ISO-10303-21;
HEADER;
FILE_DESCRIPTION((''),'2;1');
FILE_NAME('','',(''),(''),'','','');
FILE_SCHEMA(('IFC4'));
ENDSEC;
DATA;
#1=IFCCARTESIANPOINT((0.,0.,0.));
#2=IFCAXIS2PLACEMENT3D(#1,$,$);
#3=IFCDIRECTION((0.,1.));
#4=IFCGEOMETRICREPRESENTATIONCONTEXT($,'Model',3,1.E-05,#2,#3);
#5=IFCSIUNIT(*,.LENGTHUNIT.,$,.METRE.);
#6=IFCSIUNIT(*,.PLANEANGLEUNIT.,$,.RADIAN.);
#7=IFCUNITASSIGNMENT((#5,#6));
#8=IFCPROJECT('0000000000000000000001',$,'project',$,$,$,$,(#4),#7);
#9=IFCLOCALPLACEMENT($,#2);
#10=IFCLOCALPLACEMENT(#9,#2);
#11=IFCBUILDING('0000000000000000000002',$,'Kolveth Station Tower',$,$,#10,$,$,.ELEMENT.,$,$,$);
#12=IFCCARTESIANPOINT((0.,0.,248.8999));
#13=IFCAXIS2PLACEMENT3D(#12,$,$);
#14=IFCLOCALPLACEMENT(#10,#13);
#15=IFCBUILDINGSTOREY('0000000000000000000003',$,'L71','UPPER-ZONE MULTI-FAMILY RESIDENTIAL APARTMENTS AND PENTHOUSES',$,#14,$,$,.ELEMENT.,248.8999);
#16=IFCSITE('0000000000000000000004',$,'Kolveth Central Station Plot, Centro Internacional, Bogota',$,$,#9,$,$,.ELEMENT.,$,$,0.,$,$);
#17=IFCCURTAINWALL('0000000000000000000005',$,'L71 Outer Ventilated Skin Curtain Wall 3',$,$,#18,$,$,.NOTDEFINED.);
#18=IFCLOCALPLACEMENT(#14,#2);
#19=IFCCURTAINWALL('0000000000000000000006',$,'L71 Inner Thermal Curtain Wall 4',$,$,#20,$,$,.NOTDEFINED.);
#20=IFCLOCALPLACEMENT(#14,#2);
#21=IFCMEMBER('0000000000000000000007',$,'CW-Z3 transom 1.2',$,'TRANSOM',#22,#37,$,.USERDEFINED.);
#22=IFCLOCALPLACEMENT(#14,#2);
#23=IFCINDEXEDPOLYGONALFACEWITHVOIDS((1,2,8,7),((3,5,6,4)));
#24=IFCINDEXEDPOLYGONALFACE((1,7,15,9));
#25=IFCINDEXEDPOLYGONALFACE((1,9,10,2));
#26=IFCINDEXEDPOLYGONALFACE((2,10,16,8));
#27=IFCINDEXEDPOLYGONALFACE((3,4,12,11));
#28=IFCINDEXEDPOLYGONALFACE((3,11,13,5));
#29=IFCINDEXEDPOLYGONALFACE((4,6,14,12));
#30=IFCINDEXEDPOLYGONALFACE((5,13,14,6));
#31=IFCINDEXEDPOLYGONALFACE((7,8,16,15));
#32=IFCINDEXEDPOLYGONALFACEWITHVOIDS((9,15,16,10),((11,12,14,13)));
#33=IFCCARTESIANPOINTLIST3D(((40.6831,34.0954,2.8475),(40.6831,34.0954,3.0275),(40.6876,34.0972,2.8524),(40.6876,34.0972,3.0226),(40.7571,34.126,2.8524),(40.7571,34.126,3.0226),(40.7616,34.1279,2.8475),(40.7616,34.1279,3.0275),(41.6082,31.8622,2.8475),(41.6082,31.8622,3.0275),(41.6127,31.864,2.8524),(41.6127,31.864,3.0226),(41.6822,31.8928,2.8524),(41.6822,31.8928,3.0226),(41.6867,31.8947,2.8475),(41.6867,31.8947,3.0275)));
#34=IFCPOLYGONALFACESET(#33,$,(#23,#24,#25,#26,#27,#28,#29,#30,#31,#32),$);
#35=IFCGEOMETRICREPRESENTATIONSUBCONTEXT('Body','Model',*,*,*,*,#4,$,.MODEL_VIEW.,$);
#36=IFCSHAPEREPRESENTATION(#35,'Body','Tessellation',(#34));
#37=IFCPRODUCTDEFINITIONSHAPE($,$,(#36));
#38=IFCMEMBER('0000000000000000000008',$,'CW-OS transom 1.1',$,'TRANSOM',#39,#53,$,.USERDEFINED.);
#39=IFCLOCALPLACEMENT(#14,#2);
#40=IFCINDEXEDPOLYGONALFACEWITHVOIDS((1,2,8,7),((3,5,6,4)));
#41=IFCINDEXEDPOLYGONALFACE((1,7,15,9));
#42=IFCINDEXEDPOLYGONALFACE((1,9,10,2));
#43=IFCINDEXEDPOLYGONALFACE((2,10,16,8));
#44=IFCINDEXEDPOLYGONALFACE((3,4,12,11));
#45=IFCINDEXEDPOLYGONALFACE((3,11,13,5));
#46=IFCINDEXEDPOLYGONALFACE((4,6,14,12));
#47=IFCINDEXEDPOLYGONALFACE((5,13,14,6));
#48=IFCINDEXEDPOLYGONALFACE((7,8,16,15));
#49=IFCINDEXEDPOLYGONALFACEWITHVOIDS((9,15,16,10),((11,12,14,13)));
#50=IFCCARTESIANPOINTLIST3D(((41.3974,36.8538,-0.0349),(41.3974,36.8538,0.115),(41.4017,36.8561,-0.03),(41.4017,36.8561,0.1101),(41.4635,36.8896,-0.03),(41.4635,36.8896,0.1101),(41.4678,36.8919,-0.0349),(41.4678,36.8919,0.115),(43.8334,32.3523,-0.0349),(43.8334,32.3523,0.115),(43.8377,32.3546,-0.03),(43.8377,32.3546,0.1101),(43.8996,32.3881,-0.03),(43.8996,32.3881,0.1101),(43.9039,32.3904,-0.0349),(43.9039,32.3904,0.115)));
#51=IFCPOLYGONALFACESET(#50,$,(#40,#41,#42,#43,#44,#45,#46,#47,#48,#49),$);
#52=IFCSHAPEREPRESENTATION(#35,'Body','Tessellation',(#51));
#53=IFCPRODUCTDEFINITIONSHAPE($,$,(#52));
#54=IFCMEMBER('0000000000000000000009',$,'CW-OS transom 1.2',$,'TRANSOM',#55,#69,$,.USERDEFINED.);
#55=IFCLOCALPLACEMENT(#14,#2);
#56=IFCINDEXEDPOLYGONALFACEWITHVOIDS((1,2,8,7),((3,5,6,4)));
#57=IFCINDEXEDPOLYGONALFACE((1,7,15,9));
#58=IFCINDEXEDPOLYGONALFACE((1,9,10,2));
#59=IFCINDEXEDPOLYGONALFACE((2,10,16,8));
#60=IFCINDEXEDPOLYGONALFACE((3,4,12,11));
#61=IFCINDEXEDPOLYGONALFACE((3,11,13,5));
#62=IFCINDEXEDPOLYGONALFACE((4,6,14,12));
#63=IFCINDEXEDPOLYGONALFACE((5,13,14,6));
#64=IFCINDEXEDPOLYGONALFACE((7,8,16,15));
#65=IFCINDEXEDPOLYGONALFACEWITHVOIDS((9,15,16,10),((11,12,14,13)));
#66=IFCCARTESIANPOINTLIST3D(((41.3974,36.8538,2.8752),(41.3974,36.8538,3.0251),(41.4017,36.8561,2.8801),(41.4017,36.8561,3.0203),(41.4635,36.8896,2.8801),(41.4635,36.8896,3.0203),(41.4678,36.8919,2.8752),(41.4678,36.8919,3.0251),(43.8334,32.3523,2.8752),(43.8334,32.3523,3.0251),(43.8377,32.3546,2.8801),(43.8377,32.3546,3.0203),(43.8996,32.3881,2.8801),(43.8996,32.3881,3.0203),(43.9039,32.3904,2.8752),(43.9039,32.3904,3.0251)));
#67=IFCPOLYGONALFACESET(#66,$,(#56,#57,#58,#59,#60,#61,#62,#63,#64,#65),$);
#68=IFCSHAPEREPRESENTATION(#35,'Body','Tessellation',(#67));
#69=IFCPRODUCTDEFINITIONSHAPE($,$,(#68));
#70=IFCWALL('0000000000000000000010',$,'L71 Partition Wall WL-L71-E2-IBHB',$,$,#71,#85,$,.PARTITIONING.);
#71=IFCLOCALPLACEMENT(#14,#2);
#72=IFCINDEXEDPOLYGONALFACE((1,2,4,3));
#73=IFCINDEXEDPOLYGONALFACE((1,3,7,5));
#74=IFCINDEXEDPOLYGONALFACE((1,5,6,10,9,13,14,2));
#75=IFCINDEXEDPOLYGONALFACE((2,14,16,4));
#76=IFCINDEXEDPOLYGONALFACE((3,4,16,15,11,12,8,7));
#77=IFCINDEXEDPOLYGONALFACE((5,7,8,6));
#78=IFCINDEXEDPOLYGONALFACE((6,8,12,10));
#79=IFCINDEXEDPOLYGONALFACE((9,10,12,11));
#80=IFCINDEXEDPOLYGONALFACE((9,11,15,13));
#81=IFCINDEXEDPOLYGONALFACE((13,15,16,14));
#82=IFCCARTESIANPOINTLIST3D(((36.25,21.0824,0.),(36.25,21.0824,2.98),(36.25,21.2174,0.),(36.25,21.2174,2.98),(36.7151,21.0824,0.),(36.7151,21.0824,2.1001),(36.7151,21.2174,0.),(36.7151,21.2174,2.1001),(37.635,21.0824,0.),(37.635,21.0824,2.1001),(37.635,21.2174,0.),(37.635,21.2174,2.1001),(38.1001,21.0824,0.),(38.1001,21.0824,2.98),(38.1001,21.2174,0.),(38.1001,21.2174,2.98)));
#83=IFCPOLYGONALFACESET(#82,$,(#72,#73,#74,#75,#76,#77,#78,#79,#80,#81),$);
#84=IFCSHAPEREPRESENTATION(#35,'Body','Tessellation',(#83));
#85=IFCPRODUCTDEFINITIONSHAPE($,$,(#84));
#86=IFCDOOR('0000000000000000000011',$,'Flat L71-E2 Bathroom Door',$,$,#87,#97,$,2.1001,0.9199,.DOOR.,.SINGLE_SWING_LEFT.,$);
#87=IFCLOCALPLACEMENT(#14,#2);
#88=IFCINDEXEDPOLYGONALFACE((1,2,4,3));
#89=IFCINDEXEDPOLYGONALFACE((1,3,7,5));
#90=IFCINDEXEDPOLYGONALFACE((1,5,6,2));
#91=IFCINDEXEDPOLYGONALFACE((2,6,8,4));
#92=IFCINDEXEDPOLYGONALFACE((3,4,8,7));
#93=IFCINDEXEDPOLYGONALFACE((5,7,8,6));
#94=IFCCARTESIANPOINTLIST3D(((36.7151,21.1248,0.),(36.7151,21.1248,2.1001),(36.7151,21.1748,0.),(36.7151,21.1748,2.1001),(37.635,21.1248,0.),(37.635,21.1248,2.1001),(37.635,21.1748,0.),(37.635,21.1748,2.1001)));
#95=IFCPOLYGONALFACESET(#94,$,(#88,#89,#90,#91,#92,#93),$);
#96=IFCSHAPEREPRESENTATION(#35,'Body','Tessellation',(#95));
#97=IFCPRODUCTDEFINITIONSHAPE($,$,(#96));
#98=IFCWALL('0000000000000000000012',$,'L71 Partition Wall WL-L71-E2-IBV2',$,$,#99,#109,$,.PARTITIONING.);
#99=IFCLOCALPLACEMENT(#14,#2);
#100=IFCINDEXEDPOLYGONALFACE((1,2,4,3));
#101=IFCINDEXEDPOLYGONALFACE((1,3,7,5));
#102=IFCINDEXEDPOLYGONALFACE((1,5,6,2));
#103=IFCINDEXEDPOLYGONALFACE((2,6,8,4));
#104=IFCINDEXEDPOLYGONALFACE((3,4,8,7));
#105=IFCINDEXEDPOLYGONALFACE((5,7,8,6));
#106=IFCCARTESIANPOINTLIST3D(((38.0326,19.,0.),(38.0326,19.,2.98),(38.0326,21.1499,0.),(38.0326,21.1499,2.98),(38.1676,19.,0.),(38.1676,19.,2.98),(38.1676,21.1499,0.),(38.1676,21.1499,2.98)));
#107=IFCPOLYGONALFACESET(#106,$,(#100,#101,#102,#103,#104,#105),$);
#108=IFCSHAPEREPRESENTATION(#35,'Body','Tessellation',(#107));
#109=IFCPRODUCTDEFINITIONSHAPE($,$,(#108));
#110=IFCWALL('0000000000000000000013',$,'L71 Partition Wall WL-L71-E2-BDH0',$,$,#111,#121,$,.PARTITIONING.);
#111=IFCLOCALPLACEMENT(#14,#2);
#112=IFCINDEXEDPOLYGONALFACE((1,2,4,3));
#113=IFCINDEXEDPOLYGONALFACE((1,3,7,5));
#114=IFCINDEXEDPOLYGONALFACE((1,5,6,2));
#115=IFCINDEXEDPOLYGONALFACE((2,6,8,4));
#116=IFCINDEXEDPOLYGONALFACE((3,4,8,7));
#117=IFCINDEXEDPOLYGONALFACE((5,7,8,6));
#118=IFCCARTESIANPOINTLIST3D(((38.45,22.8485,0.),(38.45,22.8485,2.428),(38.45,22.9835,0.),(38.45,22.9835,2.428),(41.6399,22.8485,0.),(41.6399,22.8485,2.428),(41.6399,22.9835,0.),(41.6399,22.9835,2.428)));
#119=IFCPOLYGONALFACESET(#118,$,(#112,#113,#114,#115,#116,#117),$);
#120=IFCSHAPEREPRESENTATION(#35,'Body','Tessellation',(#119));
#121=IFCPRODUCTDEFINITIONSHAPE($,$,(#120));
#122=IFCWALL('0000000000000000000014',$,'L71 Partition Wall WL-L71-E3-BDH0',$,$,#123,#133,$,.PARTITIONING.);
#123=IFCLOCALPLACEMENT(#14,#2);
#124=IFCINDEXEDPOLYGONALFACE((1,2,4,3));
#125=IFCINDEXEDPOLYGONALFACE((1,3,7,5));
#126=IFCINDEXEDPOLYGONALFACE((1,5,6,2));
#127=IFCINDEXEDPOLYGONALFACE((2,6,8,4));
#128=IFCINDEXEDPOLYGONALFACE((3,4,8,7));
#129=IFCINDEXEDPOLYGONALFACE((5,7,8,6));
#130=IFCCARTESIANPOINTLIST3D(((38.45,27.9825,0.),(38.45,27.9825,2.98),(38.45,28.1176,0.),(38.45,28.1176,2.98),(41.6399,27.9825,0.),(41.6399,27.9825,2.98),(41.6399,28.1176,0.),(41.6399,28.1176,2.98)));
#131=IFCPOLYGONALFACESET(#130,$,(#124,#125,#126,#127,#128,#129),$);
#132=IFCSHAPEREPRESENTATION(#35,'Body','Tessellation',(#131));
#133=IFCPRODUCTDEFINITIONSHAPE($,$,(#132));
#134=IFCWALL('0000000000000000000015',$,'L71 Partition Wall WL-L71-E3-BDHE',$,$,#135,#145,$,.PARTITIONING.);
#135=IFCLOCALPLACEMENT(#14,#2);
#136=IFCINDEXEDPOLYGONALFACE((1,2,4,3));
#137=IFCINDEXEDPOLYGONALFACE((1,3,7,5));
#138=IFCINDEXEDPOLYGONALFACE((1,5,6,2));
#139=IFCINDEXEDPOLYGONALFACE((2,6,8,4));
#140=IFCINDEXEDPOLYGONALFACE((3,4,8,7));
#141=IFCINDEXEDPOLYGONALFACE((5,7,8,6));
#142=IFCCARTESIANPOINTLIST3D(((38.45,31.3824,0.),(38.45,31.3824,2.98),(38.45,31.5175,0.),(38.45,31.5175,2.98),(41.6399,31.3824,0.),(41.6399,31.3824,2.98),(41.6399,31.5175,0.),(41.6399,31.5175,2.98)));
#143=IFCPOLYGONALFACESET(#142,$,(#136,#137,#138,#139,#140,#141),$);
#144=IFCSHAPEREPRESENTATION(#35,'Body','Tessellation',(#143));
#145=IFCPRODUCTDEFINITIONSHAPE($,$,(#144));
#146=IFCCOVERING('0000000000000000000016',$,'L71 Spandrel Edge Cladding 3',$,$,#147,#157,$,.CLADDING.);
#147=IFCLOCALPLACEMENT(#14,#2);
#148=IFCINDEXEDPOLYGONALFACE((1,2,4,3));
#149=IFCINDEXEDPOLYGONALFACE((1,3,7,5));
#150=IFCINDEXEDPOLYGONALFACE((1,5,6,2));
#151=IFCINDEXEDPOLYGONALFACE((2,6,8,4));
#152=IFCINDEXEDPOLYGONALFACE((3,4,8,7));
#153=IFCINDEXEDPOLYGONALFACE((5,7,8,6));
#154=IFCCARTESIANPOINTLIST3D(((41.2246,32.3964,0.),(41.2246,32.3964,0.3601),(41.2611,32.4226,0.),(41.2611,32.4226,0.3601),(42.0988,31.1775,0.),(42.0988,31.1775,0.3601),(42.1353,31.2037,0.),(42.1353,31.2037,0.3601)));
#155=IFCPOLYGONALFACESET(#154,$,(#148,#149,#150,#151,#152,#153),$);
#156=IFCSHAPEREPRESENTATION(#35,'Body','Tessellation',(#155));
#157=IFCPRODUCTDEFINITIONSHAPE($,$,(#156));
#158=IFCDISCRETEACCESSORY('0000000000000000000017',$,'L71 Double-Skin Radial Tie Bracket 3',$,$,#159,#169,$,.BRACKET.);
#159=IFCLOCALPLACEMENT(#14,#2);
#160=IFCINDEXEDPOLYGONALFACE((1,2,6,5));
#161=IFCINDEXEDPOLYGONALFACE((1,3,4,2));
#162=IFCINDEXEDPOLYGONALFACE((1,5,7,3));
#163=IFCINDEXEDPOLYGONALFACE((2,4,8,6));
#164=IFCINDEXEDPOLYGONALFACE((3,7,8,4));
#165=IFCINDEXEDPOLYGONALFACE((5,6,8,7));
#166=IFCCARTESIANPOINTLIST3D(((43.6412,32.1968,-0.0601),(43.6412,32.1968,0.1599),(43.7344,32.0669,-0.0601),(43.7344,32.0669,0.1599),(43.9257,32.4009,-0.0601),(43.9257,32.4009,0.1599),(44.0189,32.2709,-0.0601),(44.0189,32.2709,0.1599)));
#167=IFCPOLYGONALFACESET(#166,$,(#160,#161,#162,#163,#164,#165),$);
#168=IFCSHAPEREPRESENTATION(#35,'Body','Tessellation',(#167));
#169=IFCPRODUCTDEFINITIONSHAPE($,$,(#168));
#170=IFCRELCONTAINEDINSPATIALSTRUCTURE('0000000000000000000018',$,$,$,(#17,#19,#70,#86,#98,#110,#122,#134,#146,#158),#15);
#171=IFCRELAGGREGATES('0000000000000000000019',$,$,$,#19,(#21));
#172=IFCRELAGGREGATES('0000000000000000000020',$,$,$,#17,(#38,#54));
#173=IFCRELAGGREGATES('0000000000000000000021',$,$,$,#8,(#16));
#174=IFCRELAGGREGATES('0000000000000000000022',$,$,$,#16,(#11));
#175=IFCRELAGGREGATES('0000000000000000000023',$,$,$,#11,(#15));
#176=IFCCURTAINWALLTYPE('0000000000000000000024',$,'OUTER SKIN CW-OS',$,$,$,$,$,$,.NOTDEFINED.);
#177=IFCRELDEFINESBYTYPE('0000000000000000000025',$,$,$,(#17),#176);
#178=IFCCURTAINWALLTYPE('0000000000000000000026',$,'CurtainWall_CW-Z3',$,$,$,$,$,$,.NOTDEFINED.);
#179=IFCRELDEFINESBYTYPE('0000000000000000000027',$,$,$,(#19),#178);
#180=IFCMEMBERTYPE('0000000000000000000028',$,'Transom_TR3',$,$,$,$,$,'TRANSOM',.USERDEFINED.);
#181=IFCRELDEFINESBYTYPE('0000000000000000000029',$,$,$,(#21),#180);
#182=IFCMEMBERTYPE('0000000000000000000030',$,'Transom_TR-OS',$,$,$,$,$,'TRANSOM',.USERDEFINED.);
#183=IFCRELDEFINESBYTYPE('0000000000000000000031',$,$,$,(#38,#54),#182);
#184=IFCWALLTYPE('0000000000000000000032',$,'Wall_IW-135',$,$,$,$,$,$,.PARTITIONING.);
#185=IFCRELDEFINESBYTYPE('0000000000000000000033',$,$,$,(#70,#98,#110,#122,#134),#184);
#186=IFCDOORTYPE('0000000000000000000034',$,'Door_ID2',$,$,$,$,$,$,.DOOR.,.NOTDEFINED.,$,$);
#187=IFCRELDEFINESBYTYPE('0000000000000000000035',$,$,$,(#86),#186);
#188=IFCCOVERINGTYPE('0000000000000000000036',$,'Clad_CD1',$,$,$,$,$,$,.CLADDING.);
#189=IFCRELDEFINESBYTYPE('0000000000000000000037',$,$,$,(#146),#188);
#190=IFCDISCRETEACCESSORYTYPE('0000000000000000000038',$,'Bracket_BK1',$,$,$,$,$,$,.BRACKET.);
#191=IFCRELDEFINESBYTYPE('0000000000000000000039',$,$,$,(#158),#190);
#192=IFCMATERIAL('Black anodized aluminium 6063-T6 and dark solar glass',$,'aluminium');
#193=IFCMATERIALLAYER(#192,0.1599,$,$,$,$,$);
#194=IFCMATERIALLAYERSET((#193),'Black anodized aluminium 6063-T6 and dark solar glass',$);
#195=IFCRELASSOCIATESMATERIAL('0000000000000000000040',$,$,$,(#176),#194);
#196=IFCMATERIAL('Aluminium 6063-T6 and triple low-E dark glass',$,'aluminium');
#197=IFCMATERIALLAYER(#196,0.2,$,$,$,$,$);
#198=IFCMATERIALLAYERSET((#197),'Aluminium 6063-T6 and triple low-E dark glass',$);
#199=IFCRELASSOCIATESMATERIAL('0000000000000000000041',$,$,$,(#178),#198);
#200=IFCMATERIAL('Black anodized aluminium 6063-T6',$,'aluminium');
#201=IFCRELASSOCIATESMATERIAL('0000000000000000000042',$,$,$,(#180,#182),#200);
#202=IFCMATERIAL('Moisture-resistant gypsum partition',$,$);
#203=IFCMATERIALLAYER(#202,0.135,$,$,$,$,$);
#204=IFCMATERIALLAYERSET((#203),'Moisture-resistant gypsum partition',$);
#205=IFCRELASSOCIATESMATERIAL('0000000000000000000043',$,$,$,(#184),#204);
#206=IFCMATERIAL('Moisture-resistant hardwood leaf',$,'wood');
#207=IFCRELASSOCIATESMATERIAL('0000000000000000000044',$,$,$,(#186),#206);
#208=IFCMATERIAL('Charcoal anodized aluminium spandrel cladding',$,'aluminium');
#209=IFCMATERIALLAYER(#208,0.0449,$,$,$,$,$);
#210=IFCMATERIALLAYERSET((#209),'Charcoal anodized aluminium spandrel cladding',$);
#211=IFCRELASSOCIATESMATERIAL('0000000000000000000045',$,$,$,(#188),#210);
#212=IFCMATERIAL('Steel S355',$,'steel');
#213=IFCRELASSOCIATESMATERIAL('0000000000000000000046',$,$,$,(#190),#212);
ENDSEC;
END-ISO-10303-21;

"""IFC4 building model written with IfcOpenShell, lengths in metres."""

from ifc_helpers import new_model, si_unit, direction, frame, frame_2d, origin, origin_2d, place, context, subcontext, project, spatial, rectangle, hollow_rectangle, extrude, source, transform, mapped, material, layer, layer_set, material_profile, profile_set, type_object, element, fill, aggregate, save


model = new_model("IFC4")

# Units and contexts
model_context = context("Model", 3, precision=1e-05, world=origin(), true_north=direction((0.0, 1.0)))
body_context = subcontext(model_context, "Body", "Model", "MODEL_VIEW")
ifc_project = project(units=[si_unit("LENGTHUNIT", "METRE"), si_unit("PLANEANGLEUNIT", "RADIAN")], contexts=[model_context])

# Site, building, storey
site_placement = place(None, origin())
site = spatial("IfcSite", under=ifc_project, at=site_placement, Name="Kolveth Central Station Plot, Centro Internacional, Bogota", CompositionType="ELEMENT", RefElevation=0.0)
building_placement = place(site_placement, origin())
building = spatial("IfcBuilding", under=site, at=building_placement, Name="Kolveth Station Tower", CompositionType="ELEMENT")
storey_placement = place(building_placement, frame((0.0, 0.0, 248.8999)))
storey = spatial("IfcBuildingStorey", under=building, at=storey_placement, Name="L71", Description="UPPER-ZONE MULTI-FAMILY RESIDENTIAL APARTMENTS AND PENTHOUSES", CompositionType="ELEMENT", Elevation=248.8999)

# Shared definitions
ifc_material_1 = material(Name="Steel S355", Category="steel")

# Curtain wall
ifc_material_2 = material(Name="Black anodized aluminium 6063-T6 and dark solar glass", Category="aluminium")
ifc_layer_1 = layer(ifc_material_2, 0.1599)
ifc_layer_set_1 = layer_set([ifc_layer_1], Name="Black anodized aluminium 6063-T6 and dark solar glass")
curtain_wall_type_1 = type_object("IfcCurtainWallType", Name="OUTER SKIN CW-OS", PredefinedType="NOTDEFINED", material=ifc_layer_set_1)
ifc_material_3 = material(Name="Black anodized aluminium 6063-T6", Category="aluminium")
curtain_wall_1_placement = place(storey_placement, origin())
curtain_wall_1 = element("IfcCurtainWall", 1, at=curtain_wall_1_placement, inside=storey, type_object=curtain_wall_type_1, Name="L71 Outer Ventilated Skin Curtain Wall 3", PredefinedType="NOTDEFINED")
ifc_material_4 = material(Name="Aluminium 6063-T6 and triple low-E dark glass", Category="aluminium")
ifc_layer_2 = layer(ifc_material_4, 0.2)
ifc_layer_set_2 = layer_set([ifc_layer_2], Name="Aluminium 6063-T6 and triple low-E dark glass")
curtain_wall_type_2 = type_object("IfcCurtainWallType", Name="CurtainWall_CW-Z3", PredefinedType="NOTDEFINED", material=ifc_layer_set_2)

# Curtain wall, member
curtain_wall_2_placement = place(storey_placement, origin())
curtain_wall_2 = element("IfcCurtainWall", 2, at=curtain_wall_2_placement, inside=storey, type_object=curtain_wall_type_2, Name="L71 Inner Thermal Curtain Wall 4", PredefinedType="NOTDEFINED")
ifc_material_profile_1 = material_profile(ifc_material_3, hollow_rectangle(XDim=0.085, YDim=0.1799, WallThickness=0.0049, at=origin_2d()), Name="ALU-85x180x5")
ifc_profile_set_1 = profile_set([ifc_material_profile_1], Name="Black anodized aluminium 6063-T6")
member_type_1 = type_object("IfcMemberType", Name="Transom_TR3", ElementType="TRANSOM", PredefinedType="USERDEFINED", material=ifc_profile_set_1)
shared_shape_1 = source(origin(), body_context, "Body", "SweptSolid", [
    extrude(hollow_rectangle(XDim=0.085, YDim=0.1799, WallThickness=0.0049, at=origin_2d()), origin(), (0.0, 0.0, 1.0), 2.4172),
])
member_1_placement = place(storey_placement, frame((41.6475, 31.8784, 2.9375), z_axis=(-0.3827, 0.923873, 0.0), x_axis=(-0.923873, -0.3827, 0.0)))
member_1 = element("IfcMember", 3, at=member_1_placement, type_object=member_type_1, Name="CW-Z3 transom 1.2", ObjectType="TRANSOM", PredefinedType="USERDEFINED", context=body_context, shape_type="MappedRepresentation", body=[
    mapped(shared_shape_1, transform((0.0, 0.0, 0.0), x_axis=(1.0, 0.0, 0.0), y_axis=(0.0, 1.0, 0.0), z_axis=(0.0, 0.0, 1.0), scale=1.0)),
])
aggregate(curtain_wall_2, [member_1])

# Members
ifc_material_profile_2 = material_profile(ifc_material_3, hollow_rectangle(XDim=0.0801, YDim=0.1499, WallThickness=0.0049, at=origin_2d()), Name="ALU-80x150x5")
ifc_profile_set_2 = profile_set([ifc_material_profile_2], Name="Black anodized aluminium 6063-T6")
member_type_2 = type_object("IfcMemberType", Name="Transom_TR-OS", ElementType="TRANSOM", PredefinedType="USERDEFINED", material=ifc_profile_set_2)
shared_shape_2 = source(origin(), body_context, "Body", "SweptSolid", [
    extrude(hollow_rectangle(XDim=0.0801, YDim=0.1499, WallThickness=0.0049, at=origin_2d()), origin(), (0.0, 0.0, 1.0), 5.1184),
])
member_2_placement = place(storey_placement, frame((43.8687, 32.3713, 0.04), z_axis=(-0.475942, 0.879477, 0.0), x_axis=(-0.879477, -0.475942, 0.0)))
member_2 = element("IfcMember", 4, at=member_2_placement, type_object=member_type_2, Name="CW-OS transom 1.1", ObjectType="TRANSOM", PredefinedType="USERDEFINED", context=body_context, shape_type="MappedRepresentation", body=[
    mapped(shared_shape_2, transform((0.0, 0.0, 0.0), x_axis=(1.0, 0.0, 0.0), y_axis=(0.0, 1.0, 0.0), z_axis=(0.0, 0.0, 1.0), scale=1.0)),
])
member_3_placement = place(storey_placement, frame((43.8687, 32.3713, 2.9502), z_axis=(-0.475942, 0.879477, 0.0), x_axis=(-0.879477, -0.475942, 0.0)))
member_3 = element("IfcMember", 5, at=member_3_placement, type_object=member_type_2, Name="CW-OS transom 1.2", ObjectType="TRANSOM", PredefinedType="USERDEFINED", context=body_context, shape_type="MappedRepresentation", body=[
    mapped(shared_shape_2, transform((0.0, 0.0, 0.0), x_axis=(1.0, 0.0, 0.0), y_axis=(0.0, 1.0, 0.0), z_axis=(0.0, 0.0, 1.0), scale=1.0)),
])
aggregate(curtain_wall_1, [member_2, member_3])

# Wall, opening, door
ifc_material_5 = material(Name="Moisture-resistant gypsum partition")
ifc_layer_3 = layer(ifc_material_5, 0.135)
ifc_layer_set_3 = layer_set([ifc_layer_3], Name="Moisture-resistant gypsum partition")
wall_type = type_object("IfcWallType", Name="Wall_IW-135", PredefinedType="PARTITIONING", material=ifc_layer_set_3)
wall_1_placement = place(storey_placement, frame((36.25, 21.1499, 0.0), z_axis=(0.0, 0.0, 1.0), x_axis=(1.0, 0.0, 0.0)))
wall_1 = element("IfcWall", 6, at=wall_1_placement, inside=storey, type_object=wall_type, Name="L71 Partition Wall WL-L71-E2-IBHB", PredefinedType="PARTITIONING", context=body_context, shape_type="SweptSolid", body=[
    extrude(rectangle(XDim=1.8501, YDim=0.135, at=frame_2d((0.925, 0.0))), origin(), (0.0, 0.0, 1.0), 2.98),
])
opening_1_placement = place(wall_1_placement, frame((0.4651, 0.0, 0.0)))
opening_1 = element("IfcOpeningElement", 7, at=opening_1_placement, cuts=wall_1, PredefinedType="OPENING", context=body_context, shape_type="SweptSolid", body=[
    extrude(rectangle(XDim=0.9199, YDim=2.1001, at=frame_2d((0.46, 1.05))), frame((0.0, 0.0774, 0.0), z_axis=(0.0, -1.0, 0.0), x_axis=(1.0, 0.0, 0.0)), (0.0, 0.0, 1.0), 0.155),
])
ifc_material_6 = material(Name="Moisture-resistant hardwood leaf", Category="wood")
door_type_1 = type_object("IfcDoorType", Name="Door_ID2", OperationType="NOTDEFINED", PredefinedType="DOOR", material=ifc_material_6)
door_1_placement = place(opening_1_placement, origin())
door_1 = element("IfcDoor", 8, at=door_1_placement, inside=storey, type_object=door_type_1, Name="Flat L71-E2 Bathroom Door", OperationType="SINGLE_SWING_LEFT", OverallHeight=2.1001, OverallWidth=0.9199, PredefinedType="DOOR", context=body_context, shape_type="SweptSolid", body=[
    extrude(rectangle(XDim=0.9199, YDim=2.1001, at=frame_2d((0.46, 1.05))), frame((0.0, 0.0249, 0.0), z_axis=(0.0, -1.0, 0.0), x_axis=(1.0, 0.0, 0.0)), (0.0, 0.0, 1.0), 0.05),
])
fill(opening_1, door_1)

# Walls
wall_2_placement = place(storey_placement, frame((38.1001, 19.0, 0.0), z_axis=(0.0, 0.0, 1.0), x_axis=(0.0, 1.0, 0.0)))
element("IfcWall", 9, at=wall_2_placement, inside=storey, type_object=wall_type, Name="L71 Partition Wall WL-L71-E2-IBV2", PredefinedType="PARTITIONING", context=body_context, shape_type="SweptSolid", body=[
    extrude(rectangle(XDim=2.1499, YDim=0.135, at=frame_2d((1.075, 0.0))), origin(), (0.0, 0.0, 1.0), 2.98),
])
wall_3_placement = place(storey_placement, frame((38.45, 22.916, 0.0), z_axis=(0.0, 0.0, 1.0), x_axis=(1.0, 0.0, 0.0)))
element("IfcWall", 10, at=wall_3_placement, inside=storey, type_object=wall_type, Name="L71 Partition Wall WL-L71-E2-BDH0", PredefinedType="PARTITIONING", context=body_context, shape_type="SweptSolid", body=[
    extrude(rectangle(XDim=3.1899, YDim=0.135, at=frame_2d((1.595, 0.0))), origin(), (0.0, 0.0, 1.0), 2.428),
])

# Walls
for number, where, z_axis, x_axis, name in (
    (11, (38.45, 28.05, 0.0), (0.0, 0.0, 1.0), (1.0, 0.0, 0.0), "L71 Partition Wall WL-L71-E3-BDH0"),
    (12, (38.45, 31.45, 0.0), (0.0, 0.0, 1.0), (1.0, 0.0, 0.0), "L71 Partition Wall WL-L71-E3-BDHE"),
):
    element("IfcWall", number, at=place(storey_placement, frame(where, z_axis=z_axis, x_axis=x_axis)), inside=storey, type_object=wall_type, Name=name, PredefinedType="PARTITIONING", context=body_context, shape_type="SweptSolid", body=[
        extrude(rectangle(XDim=3.1899, YDim=0.135, at=frame_2d((1.595, 0.0))), origin(), (0.0, 0.0, 1.0), 2.98),
    ])

# Covering
ifc_material_7 = material(Name="Charcoal anodized aluminium spandrel cladding", Category="aluminium")
ifc_layer_4 = layer(ifc_material_7, 0.0449)
ifc_layer_set_4 = layer_set([ifc_layer_4], Name="Charcoal anodized aluminium spandrel cladding")
covering_type = type_object("IfcCoveringType", Name="Clad_CD1", PredefinedType="CLADDING", material=ifc_layer_set_4)
shared_shape_3 = source(origin(), body_context, "Body", "SweptSolid", [
    extrude(rectangle(XDim=1.5, YDim=0.0449, at=origin_2d()), origin(), (0.0, 0.0, 1.0), 0.3601),
])
covering_placement = place(storey_placement, frame((41.6799, 31.8, 0.0), z_axis=(0.0, 0.0, 1.0), x_axis=(-0.582832, 0.812592, 0.0)))
element("IfcCovering", 13, at=covering_placement, inside=storey, type_object=covering_type, Name="L71 Spandrel Edge Cladding 3", PredefinedType="CLADDING", context=body_context, shape_type="MappedRepresentation", body=[
    mapped(shared_shape_3, transform((0.0, 0.0, 0.0), x_axis=(1.0, 0.0, 0.0), y_axis=(0.0, 1.0, 0.0), z_axis=(0.0, 0.0, 1.0), scale=1.0)),
])

# Discrete accessory
discrete_accessory_type = type_object("IfcDiscreteAccessoryType", Name="Bracket_BK1", PredefinedType="BRACKET", material=ifc_material_1)
shared_shape_4 = source(origin(), body_context, "Body", "SweptSolid", [
    extrude(rectangle(XDim=0.3501, YDim=0.1599, at=origin_2d()), origin(), (0.0, 0.0, 1.0), 0.22),
])
discrete_accessory_placement = place(storey_placement, frame((43.8301, 32.2339, -0.0601), z_axis=(0.0, 0.0, 1.0), x_axis=(0.812592, 0.582832, 0.0)))
element("IfcDiscreteAccessory", 14, at=discrete_accessory_placement, inside=storey, type_object=discrete_accessory_type, Name="L71 Double-Skin Radial Tie Bracket 3", PredefinedType="BRACKET", context=body_context, shape_type="MappedRepresentation", body=[
    mapped(shared_shape_4, transform((0.0, 0.0, 0.0), x_axis=(1.0, 0.0, 0.0), y_axis=(0.0, 1.0, 0.0), z_axis=(0.0, 0.0, 1.0), scale=1.0)),
])

save(model, "model.ifc")
